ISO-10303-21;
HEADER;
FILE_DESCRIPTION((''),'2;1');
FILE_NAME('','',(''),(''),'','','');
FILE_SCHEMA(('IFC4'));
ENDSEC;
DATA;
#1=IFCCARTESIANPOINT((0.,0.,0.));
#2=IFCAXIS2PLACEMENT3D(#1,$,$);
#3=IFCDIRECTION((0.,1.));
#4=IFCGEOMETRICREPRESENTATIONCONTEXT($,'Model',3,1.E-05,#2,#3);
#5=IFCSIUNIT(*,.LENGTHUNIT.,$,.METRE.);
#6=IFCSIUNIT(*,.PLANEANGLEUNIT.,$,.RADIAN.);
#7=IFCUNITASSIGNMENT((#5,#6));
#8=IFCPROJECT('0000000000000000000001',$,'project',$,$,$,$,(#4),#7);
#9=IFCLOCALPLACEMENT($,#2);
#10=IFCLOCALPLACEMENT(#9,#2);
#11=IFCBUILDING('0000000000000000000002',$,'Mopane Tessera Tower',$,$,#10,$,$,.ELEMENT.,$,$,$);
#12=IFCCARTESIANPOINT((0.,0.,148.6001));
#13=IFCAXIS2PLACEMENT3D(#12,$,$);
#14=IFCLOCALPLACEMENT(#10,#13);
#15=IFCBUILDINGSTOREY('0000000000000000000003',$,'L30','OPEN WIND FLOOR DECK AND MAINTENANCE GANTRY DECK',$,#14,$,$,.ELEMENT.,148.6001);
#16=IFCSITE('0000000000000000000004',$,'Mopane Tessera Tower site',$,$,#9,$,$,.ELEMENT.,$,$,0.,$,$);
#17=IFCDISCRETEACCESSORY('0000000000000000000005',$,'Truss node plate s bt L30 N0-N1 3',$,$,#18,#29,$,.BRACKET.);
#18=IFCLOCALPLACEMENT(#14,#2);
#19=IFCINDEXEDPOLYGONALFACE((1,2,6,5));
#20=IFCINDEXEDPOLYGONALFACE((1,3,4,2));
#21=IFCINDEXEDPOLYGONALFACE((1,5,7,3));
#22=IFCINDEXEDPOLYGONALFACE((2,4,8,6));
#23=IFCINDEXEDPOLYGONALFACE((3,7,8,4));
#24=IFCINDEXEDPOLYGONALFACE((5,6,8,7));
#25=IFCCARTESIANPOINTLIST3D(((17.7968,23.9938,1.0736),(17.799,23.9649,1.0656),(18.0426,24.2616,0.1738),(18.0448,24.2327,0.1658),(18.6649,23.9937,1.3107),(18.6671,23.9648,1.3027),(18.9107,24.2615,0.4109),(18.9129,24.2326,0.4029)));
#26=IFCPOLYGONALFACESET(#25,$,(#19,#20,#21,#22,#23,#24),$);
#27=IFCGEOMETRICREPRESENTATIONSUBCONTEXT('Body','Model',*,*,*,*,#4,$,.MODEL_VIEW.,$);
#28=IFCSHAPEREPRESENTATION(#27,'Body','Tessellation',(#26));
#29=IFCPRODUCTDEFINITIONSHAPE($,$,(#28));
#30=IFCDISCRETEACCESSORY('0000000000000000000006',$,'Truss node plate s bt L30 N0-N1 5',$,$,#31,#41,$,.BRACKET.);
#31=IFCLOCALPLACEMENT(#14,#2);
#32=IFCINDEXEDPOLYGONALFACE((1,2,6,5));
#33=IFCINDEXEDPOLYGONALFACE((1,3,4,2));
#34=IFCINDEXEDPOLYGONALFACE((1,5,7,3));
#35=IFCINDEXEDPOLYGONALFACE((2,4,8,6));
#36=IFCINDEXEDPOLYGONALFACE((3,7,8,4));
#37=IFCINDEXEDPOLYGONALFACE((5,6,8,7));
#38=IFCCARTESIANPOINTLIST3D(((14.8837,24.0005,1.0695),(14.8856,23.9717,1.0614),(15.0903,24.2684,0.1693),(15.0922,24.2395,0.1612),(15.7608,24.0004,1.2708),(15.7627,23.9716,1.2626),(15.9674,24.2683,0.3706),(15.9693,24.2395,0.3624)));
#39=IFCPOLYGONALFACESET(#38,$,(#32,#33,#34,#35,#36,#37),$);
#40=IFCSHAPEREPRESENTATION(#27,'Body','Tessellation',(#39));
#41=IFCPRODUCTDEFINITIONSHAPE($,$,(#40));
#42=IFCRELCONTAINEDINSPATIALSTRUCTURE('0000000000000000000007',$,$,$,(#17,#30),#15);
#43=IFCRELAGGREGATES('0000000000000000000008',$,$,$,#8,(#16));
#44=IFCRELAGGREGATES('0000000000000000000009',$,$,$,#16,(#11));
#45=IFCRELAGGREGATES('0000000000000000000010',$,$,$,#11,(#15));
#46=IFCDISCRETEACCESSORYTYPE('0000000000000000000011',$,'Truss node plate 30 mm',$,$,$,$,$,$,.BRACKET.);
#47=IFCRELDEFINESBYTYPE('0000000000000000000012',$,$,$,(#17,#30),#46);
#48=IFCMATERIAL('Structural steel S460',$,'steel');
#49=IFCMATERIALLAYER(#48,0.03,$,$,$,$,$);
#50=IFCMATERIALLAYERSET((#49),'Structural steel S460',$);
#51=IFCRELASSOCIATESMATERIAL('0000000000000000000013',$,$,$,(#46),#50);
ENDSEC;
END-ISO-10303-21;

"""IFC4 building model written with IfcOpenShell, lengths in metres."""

from ifc_helpers import new_model, si_unit, direction, frame, origin, origin_2d, place, context, subcontext, project, spatial, rectangle, extrude, material, layer, layer_set, type_object, element, save


model = new_model("IFC4")

# Units and contexts
model_context = context("Model", 3, precision=1e-05, world=origin(), true_north=direction((0.0, 1.0)))
body_context = subcontext(model_context, "Body", "Model", "MODEL_VIEW")
ifc_project = project(units=[si_unit("LENGTHUNIT", "METRE"), si_unit("PLANEANGLEUNIT", "RADIAN")], contexts=[model_context])

# Site, building, storey
site_placement = place(None, origin())
site = spatial("IfcSite", under=ifc_project, at=site_placement, Name="Mopane Tessera Tower site", CompositionType="ELEMENT", RefElevation=0.0)
building_placement = place(site_placement, origin())
building = spatial("IfcBuilding", under=site, at=building_placement, Name="Mopane Tessera Tower", CompositionType="ELEMENT")
storey_placement = place(building_placement, frame((0.0, 0.0, 148.6001)))
storey = spatial("IfcBuildingStorey", under=building, at=storey_placement, Name="L30", Description="OPEN WIND FLOOR DECK AND MAINTENANCE GANTRY DECK", CompositionType="ELEMENT", Elevation=148.6001)

# Discrete accessories
ifc_material_1 = material(Name="Structural steel S460", Category="steel")
ifc_layer_1 = layer(ifc_material_1, 0.03)
ifc_layer_set_1 = layer_set([ifc_layer_1], Name="Structural steel S460")
discrete_accessory_type = type_object("IfcDiscreteAccessoryType", Name="Truss node plate 30 mm", PredefinedType="BRACKET", material=ifc_layer_set_1)
discrete_accessory_1_placement = place(storey_placement, frame((18.4778, 24.2471, 0.2883), z_axis=(-0.253306, -0.275945, 0.927195), x_axis=(0.072612, -0.961173, -0.26622)))
element("IfcDiscreteAccessory", 1, at=discrete_accessory_1_placement, inside=storey, type_object=discrete_accessory_type, Name="Truss node plate s bt L30 N0-N1 3", PredefinedType="BRACKET", context=body_context, shape_type="SweptSolid", body=[
    extrude(rectangle(XDim=0.03, YDim=0.8999, at=origin_2d()), origin(), (0.0, 0.0, 1.0), 0.9705),
])
discrete_accessory_2_placement = place(storey_placement, frame((15.5298, 24.2539, 0.2659), z_axis=(-0.214794, -0.278521, 0.936104), x_axis=(0.062212, -0.96043, -0.271484)))
element("IfcDiscreteAccessory", 2, at=discrete_accessory_2_placement, inside=storey, type_object=discrete_accessory_type, Name="Truss node plate s bt L30 N0-N1 5", PredefinedType="BRACKET", context=body_context, shape_type="SweptSolid", body=[
    extrude(rectangle(XDim=0.03, YDim=0.8999, at=origin_2d()), origin(), (0.0, 0.0, 1.0), 0.9617),
])

save(model, "model.ifc")
